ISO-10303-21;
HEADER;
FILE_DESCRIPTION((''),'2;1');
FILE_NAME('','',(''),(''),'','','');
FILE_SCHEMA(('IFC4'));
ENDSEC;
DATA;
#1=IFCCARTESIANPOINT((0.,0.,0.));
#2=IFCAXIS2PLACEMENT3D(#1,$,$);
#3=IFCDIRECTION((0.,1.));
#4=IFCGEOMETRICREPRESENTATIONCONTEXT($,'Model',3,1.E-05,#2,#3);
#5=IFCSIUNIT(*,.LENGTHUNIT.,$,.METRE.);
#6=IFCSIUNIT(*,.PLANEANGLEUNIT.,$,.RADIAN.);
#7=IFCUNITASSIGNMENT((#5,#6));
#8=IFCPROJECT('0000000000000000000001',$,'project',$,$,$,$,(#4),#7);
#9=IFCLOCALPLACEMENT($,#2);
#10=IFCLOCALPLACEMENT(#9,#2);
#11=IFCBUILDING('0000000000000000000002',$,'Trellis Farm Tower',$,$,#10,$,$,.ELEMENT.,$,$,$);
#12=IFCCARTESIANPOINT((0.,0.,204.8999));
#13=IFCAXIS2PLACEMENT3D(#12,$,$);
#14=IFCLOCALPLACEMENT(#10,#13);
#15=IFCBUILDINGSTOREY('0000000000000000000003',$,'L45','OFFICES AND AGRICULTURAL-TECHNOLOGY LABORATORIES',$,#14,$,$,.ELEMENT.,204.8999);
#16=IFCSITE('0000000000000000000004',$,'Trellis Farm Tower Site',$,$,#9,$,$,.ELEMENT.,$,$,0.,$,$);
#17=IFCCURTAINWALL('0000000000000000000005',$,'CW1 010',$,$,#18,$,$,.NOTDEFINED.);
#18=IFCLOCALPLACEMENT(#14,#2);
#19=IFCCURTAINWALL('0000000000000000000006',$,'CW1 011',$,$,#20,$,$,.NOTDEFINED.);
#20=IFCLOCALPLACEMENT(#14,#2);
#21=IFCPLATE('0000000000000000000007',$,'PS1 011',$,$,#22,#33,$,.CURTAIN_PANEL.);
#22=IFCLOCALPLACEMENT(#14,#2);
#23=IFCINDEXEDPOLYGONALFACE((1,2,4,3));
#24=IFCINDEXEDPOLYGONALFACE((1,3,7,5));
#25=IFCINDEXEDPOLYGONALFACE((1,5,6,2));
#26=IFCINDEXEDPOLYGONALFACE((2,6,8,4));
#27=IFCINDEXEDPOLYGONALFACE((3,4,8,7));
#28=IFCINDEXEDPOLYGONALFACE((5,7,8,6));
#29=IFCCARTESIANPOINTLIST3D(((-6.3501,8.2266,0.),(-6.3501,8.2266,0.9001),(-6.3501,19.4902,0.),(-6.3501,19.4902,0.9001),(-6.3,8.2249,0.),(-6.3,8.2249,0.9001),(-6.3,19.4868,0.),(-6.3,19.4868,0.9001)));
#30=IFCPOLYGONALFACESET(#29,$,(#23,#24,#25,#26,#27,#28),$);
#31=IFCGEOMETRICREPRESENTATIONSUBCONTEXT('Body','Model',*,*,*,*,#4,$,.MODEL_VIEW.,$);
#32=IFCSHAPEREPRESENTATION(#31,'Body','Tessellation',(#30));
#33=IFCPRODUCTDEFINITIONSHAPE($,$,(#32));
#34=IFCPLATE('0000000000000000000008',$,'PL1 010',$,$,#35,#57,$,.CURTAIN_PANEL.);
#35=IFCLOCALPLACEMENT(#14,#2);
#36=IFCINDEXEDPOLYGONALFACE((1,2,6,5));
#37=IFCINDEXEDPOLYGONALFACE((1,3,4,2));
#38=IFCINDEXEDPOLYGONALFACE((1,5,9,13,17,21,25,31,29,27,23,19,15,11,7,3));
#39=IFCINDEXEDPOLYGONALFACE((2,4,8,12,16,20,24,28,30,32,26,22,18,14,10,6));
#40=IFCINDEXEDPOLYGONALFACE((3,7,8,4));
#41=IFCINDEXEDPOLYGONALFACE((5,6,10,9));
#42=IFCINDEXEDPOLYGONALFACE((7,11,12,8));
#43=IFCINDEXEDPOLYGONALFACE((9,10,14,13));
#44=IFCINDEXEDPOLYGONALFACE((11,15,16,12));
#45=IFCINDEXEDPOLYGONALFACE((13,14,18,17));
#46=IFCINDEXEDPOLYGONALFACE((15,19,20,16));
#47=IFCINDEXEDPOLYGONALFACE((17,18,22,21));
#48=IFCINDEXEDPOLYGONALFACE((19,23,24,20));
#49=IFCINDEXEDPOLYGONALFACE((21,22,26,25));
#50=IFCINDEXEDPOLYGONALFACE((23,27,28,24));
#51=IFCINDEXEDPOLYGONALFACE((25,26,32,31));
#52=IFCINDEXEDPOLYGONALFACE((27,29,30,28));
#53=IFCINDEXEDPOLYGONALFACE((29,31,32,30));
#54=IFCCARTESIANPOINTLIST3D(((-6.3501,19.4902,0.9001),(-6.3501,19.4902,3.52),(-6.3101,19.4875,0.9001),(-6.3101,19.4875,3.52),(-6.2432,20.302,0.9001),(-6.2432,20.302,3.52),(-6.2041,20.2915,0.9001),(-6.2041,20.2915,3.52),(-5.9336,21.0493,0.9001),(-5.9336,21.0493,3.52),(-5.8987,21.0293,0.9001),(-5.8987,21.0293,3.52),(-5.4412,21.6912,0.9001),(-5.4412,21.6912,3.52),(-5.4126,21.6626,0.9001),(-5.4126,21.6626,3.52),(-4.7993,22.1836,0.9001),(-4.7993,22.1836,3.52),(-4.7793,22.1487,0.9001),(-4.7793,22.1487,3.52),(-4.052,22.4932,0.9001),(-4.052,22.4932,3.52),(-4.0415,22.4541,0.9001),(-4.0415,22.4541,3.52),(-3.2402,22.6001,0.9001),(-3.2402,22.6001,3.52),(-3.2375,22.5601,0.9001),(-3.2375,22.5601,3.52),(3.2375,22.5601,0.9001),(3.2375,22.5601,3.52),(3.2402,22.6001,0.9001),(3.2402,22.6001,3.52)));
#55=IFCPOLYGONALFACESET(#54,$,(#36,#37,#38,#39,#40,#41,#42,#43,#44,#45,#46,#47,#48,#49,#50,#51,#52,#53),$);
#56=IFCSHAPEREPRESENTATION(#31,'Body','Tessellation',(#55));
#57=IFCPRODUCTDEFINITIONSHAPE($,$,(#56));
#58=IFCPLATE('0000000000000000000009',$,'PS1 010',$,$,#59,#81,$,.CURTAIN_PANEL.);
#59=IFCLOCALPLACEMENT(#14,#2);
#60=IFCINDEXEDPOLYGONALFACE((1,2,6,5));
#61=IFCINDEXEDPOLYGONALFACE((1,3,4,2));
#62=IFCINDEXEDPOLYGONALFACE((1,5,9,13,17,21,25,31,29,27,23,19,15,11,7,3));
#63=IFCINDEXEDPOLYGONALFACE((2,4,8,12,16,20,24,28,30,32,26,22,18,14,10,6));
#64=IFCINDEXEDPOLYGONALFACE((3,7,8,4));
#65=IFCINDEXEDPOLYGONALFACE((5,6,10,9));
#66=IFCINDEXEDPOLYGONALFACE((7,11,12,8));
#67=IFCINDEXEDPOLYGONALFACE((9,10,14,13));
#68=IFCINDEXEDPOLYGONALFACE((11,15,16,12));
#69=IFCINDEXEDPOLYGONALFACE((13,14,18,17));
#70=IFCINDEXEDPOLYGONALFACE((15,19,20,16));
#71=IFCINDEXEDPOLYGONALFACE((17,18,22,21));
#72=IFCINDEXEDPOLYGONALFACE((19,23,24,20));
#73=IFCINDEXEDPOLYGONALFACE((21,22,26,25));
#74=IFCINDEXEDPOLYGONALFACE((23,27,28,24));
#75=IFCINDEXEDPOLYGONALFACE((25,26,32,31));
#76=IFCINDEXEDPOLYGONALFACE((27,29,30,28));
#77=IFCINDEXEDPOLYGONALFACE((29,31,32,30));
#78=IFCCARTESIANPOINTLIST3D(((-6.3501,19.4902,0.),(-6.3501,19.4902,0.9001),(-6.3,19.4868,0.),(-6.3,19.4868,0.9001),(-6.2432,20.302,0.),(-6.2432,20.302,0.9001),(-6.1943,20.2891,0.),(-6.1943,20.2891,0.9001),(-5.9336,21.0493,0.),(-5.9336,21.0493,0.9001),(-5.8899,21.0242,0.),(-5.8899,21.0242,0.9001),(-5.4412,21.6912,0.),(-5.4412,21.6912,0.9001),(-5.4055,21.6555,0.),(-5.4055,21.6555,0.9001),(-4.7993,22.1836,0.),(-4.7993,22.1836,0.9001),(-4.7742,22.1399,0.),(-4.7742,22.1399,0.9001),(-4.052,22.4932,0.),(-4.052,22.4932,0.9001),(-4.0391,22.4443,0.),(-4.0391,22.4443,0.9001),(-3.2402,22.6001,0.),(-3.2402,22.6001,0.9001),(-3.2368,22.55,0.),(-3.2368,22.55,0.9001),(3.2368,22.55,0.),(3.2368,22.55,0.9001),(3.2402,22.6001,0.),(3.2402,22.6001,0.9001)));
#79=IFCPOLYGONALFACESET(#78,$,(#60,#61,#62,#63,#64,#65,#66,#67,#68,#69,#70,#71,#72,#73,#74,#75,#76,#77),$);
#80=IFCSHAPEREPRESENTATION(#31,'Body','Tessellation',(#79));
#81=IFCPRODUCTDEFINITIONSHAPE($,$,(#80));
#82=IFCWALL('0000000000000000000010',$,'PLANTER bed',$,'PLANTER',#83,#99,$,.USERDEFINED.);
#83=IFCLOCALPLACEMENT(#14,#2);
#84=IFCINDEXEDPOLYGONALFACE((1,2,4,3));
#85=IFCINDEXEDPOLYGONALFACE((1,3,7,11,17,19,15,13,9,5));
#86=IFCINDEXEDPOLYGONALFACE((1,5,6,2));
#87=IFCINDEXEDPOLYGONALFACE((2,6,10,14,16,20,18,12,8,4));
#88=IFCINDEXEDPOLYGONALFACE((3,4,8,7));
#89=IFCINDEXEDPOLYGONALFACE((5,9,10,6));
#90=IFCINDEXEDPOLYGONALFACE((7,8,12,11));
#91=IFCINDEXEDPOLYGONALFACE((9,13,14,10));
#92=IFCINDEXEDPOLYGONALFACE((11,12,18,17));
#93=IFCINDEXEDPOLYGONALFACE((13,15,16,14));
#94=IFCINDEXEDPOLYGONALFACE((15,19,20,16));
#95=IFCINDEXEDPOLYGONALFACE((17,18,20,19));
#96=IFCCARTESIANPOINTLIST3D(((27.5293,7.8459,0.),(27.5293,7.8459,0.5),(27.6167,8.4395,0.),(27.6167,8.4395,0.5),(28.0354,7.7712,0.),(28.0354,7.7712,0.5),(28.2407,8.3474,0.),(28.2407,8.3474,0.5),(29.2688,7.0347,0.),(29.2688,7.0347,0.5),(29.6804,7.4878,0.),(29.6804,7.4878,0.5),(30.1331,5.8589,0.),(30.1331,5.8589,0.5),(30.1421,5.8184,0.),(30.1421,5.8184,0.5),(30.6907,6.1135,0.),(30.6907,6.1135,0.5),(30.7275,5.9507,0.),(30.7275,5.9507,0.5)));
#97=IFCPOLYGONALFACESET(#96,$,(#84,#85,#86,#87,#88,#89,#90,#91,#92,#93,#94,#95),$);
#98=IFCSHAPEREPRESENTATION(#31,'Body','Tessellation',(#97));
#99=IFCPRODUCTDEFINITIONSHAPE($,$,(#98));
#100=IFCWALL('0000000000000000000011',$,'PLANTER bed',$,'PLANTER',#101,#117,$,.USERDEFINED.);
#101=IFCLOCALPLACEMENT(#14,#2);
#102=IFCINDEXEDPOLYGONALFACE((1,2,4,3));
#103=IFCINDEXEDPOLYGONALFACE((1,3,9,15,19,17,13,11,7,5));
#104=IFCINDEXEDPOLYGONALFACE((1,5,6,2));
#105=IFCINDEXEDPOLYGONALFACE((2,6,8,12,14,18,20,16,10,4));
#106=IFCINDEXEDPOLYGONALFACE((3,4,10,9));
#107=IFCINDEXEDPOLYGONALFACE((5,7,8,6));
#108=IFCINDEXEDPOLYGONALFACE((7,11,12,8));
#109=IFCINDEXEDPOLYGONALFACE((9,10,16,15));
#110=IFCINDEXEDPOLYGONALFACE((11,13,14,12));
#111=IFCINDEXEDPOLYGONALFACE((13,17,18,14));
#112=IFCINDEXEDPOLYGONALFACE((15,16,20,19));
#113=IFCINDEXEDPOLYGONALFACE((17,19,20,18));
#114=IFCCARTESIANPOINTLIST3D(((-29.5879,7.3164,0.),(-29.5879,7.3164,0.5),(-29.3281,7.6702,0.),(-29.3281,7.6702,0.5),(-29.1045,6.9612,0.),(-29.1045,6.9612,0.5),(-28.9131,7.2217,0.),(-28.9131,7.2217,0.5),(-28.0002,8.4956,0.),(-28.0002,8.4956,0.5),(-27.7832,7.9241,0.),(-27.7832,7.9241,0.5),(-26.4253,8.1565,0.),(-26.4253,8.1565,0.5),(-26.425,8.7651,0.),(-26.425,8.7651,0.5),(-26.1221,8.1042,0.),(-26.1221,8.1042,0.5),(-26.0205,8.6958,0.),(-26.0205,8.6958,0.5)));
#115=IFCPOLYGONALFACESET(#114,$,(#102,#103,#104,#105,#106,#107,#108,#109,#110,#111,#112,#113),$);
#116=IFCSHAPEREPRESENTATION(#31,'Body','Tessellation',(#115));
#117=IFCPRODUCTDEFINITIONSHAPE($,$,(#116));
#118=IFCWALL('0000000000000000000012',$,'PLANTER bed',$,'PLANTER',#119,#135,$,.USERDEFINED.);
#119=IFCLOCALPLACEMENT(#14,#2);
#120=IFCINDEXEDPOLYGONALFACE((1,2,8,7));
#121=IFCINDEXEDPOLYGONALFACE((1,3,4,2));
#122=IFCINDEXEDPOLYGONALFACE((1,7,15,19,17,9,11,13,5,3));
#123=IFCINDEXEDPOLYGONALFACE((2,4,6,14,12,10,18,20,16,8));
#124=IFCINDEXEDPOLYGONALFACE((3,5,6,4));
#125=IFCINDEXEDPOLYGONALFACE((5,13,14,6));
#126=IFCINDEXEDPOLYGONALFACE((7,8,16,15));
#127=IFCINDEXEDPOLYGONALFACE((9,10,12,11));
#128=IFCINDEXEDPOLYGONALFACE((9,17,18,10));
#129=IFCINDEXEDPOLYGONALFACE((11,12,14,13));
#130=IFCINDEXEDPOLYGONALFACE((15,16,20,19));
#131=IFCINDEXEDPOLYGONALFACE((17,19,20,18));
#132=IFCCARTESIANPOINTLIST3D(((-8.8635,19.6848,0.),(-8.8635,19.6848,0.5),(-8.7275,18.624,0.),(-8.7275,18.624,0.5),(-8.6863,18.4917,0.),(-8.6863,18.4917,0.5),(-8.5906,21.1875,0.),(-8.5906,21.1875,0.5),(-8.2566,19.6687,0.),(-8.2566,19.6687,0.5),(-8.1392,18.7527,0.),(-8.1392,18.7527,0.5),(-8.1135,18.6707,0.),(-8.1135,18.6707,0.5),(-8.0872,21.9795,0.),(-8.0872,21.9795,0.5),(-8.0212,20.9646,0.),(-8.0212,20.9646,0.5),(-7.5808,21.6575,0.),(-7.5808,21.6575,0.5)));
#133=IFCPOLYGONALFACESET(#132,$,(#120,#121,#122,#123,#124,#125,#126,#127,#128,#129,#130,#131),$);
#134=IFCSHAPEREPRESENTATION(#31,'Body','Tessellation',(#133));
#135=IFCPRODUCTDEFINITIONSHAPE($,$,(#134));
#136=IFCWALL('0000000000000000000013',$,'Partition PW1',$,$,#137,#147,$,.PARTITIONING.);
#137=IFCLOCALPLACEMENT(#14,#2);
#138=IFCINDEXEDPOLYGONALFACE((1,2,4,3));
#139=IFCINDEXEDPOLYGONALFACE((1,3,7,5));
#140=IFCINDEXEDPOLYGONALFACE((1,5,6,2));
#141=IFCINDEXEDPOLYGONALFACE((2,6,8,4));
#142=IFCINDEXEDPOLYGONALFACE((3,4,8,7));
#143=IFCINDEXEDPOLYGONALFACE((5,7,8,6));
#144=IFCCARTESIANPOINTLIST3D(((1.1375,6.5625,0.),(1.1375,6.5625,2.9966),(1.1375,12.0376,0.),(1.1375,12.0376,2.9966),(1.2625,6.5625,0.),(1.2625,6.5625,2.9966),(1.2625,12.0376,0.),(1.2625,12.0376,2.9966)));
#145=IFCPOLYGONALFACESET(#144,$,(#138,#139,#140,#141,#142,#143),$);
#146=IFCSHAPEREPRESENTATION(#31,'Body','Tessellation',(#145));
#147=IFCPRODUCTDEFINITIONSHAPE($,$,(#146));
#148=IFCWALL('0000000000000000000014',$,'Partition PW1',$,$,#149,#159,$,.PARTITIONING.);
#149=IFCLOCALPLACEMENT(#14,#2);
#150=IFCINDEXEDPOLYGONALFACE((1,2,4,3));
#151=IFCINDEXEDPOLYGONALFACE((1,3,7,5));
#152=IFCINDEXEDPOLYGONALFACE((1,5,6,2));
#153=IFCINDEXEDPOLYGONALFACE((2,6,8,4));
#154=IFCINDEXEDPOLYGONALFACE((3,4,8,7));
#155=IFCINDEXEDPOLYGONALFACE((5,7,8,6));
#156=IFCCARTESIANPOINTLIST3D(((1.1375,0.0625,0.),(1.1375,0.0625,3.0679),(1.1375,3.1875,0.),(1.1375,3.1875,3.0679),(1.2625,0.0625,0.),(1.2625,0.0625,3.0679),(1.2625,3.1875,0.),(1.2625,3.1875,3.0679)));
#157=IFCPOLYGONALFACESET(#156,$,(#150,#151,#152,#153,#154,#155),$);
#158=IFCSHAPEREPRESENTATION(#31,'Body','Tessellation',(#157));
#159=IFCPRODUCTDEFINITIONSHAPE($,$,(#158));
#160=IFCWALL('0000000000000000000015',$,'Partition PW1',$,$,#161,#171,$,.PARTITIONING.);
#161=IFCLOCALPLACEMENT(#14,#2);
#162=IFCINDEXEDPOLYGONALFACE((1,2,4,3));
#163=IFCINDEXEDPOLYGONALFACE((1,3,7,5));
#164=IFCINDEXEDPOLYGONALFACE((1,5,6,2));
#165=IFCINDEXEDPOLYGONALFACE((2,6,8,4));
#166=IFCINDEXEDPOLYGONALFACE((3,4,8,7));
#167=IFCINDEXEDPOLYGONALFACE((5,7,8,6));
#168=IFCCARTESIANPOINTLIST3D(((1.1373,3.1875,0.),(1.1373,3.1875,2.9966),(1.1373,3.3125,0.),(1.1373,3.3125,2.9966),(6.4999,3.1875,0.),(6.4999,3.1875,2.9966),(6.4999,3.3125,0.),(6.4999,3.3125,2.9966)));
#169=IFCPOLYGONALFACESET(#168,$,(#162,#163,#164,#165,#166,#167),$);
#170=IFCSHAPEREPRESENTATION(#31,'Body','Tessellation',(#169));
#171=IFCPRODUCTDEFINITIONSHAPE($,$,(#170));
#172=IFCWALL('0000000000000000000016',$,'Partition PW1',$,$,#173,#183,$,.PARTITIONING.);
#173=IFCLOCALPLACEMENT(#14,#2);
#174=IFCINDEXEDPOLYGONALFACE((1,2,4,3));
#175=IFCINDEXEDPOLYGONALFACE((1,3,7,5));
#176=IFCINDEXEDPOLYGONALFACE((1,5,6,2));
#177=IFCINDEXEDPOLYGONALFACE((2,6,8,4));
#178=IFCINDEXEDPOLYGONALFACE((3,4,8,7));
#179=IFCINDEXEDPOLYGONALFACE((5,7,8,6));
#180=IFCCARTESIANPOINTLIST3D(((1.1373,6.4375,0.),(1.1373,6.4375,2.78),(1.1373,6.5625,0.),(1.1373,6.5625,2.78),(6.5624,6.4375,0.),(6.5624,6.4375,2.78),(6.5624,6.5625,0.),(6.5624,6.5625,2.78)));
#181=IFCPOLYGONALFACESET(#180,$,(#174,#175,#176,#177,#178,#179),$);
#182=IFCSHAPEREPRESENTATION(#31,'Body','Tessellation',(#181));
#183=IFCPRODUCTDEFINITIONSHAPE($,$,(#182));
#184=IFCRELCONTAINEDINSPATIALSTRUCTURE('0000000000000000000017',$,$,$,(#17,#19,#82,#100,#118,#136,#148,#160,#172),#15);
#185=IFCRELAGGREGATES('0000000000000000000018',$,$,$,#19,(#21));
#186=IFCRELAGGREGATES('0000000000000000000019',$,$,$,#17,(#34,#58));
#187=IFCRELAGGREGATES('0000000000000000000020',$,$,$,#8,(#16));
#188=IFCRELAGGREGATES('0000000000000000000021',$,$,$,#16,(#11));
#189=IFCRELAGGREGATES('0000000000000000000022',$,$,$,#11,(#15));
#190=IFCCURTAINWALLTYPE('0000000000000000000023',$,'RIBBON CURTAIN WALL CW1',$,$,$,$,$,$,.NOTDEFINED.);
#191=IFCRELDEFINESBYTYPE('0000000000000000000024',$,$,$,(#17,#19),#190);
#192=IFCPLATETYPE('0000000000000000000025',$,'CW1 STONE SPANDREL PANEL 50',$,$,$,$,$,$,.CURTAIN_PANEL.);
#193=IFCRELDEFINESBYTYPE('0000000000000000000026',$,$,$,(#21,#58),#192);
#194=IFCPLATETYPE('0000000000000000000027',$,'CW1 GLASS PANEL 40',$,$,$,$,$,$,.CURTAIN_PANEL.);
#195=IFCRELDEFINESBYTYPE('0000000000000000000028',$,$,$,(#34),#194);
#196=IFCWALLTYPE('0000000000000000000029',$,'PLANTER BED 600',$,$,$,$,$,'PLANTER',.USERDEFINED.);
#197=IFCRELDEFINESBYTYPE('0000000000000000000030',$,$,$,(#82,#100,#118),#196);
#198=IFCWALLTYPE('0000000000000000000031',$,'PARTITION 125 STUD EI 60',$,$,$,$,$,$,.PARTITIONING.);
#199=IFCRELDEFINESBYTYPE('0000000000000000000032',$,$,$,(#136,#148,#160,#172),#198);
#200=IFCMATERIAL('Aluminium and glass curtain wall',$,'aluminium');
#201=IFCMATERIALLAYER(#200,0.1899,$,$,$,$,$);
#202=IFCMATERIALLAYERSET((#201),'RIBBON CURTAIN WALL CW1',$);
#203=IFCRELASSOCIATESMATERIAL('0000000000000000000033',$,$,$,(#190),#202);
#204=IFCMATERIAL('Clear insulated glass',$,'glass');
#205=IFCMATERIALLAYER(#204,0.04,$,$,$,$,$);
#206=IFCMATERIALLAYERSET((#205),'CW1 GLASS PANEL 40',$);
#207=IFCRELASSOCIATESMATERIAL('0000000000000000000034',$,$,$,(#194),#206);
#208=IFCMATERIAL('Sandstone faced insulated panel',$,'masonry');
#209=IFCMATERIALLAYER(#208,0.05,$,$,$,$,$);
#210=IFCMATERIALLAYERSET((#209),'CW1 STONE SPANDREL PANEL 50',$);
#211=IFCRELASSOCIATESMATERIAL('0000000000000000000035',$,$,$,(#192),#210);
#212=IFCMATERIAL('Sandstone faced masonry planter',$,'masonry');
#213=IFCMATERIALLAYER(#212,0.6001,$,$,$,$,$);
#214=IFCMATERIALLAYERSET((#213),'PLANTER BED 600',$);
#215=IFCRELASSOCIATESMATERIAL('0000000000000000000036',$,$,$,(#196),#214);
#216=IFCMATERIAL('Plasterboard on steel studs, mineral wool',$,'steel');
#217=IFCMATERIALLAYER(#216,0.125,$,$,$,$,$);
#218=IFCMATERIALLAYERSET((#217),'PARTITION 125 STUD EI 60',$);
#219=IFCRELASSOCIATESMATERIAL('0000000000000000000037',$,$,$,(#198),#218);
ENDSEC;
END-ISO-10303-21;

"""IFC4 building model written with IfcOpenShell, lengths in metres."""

from ifc_helpers import new_model, si_unit, direction, frame, frame_2d, origin, place, context, subcontext, project, spatial, polyline, rectangle, outline, extrude, source, transform, mapped, material, layer, layer_set, type_object, element, aggregate, save


model = new_model("IFC4")

# Units and contexts
model_context = context("Model", 3, precision=1e-05, world=origin(), true_north=direction((0.0, 1.0)))
body_context = subcontext(model_context, "Body", "Model", "MODEL_VIEW")
ifc_project = project(units=[si_unit("LENGTHUNIT", "METRE"), si_unit("PLANEANGLEUNIT", "RADIAN")], contexts=[model_context])

# Site, building, storey
site_placement = place(None, origin())
site = spatial("IfcSite", under=ifc_project, at=site_placement, Name="Trellis Farm Tower Site", CompositionType="ELEMENT", RefElevation=0.0)
building_placement = place(site_placement, origin())
building = spatial("IfcBuilding", under=site, at=building_placement, Name="Trellis Farm Tower", CompositionType="ELEMENT")
storey_placement = place(building_placement, frame((0.0, 0.0, 204.8999)))
storey = spatial("IfcBuildingStorey", under=building, at=storey_placement, Name="L45", Description="OFFICES AND AGRICULTURAL-TECHNOLOGY LABORATORIES", CompositionType="ELEMENT", Elevation=204.8999)

# Curtain walls
ifc_material_1 = material(Name="Aluminium and glass curtain wall", Category="aluminium")
ifc_layer_1 = layer(ifc_material_1, 0.1899)
ifc_layer_set_1 = layer_set([ifc_layer_1], Name="RIBBON CURTAIN WALL CW1")
curtain_wall_type_1 = type_object("IfcCurtainWallType", Name="RIBBON CURTAIN WALL CW1", PredefinedType="NOTDEFINED", material=ifc_layer_set_1)
placement_1 = place(storey_placement, origin())
curtain_wall_1 = element("IfcCurtainWall", 1, at=placement_1, inside=storey, type_object=curtain_wall_type_1, Name="CW1 010", PredefinedType="NOTDEFINED")
curtain_wall_2 = element("IfcCurtainWall", 2, at=placement_1, inside=storey, type_object=curtain_wall_type_1, Name="CW1 011", PredefinedType="NOTDEFINED")

# Plates
ifc_material_2 = material(Name="Clear insulated glass", Category="glass")
ifc_layer_2 = layer(ifc_material_2, 0.04)
ifc_layer_set_2 = layer_set([ifc_layer_2], Name="CW1 GLASS PANEL 40")
plate_type_1 = type_object("IfcPlateType", Name="CW1 GLASS PANEL 40", PredefinedType="CURTAIN_PANEL", material=ifc_layer_set_2)
placement_2 = place(storey_placement, frame((0.0, 0.0, 0.9001)))
ifc_material_3 = material(Name="Sandstone faced insulated panel", Category="masonry")
ifc_layer_3 = layer(ifc_material_3, 0.05)
ifc_layer_set_3 = layer_set([ifc_layer_3], Name="CW1 STONE SPANDREL PANEL 50")
plate_type_2 = type_object("IfcPlateType", Name="CW1 STONE SPANDREL PANEL 50", PredefinedType="CURTAIN_PANEL", material=ifc_layer_set_3)
shared_shape_1 = source(origin(), body_context, "Body", "SweptSolid", [
    extrude(outline(polyline([(-6.3501, 19.4902), (-6.3501, 8.2266), (-6.3, 8.2249), (-6.3, 19.4868), (-6.3501, 19.4902)])), origin(), (0.0, 0.0, 1.0), 0.9001),
])
plate_1 = element("IfcPlate", 3, at=placement_1, type_object=plate_type_2, Name="PS1 011", PredefinedType="CURTAIN_PANEL", context=body_context, shape_type="MappedRepresentation", body=[
    mapped(shared_shape_1, transform((0.0, 0.0, 0.0))),
])
aggregate(curtain_wall_2, [plate_1])
shared_shape_2 = source(origin(), body_context, "Body", "SweptSolid", [
    extrude(outline(polyline([(3.2402, 22.6001), (-3.2402, 22.6001), (-4.052, 22.4932), (-4.7993, 22.1836), (-5.4412, 21.6912), (-5.9336, 21.0493), (-6.2432, 20.302), (-6.3501, 19.4902), (-6.3101, 19.4875), (-6.2041, 20.2915), (-5.8987, 21.0293), (-5.4126, 21.6626), (-4.7793, 22.1487), (-4.0415, 22.4541), (-3.2375, 22.5601), (3.2375, 22.5601), (3.2402, 22.6001)])), origin(), (0.0, 0.0, 1.0), 2.6199),
])
plate_2 = element("IfcPlate", 4, at=placement_2, type_object=plate_type_1, Name="PL1 010", PredefinedType="CURTAIN_PANEL", context=body_context, shape_type="MappedRepresentation", body=[
    mapped(shared_shape_2, transform((0.0, 0.0, 0.0))),
])
shared_shape_3 = source(origin(), body_context, "Body", "SweptSolid", [
    extrude(outline(polyline([(3.2402, 22.6001), (-3.2402, 22.6001), (-4.052, 22.4932), (-4.7993, 22.1836), (-5.4412, 21.6912), (-5.9336, 21.0493), (-6.2432, 20.302), (-6.3501, 19.4902), (-6.3, 19.4868), (-6.1943, 20.2891), (-5.8899, 21.0242), (-5.4055, 21.6555), (-4.7742, 22.1399), (-4.0391, 22.4443), (-3.2368, 22.55), (3.2368, 22.55), (3.2402, 22.6001)])), origin(), (0.0, 0.0, 1.0), 0.9001),
])
plate_3 = element("IfcPlate", 5, at=placement_1, type_object=plate_type_2, Name="PS1 010", PredefinedType="CURTAIN_PANEL", context=body_context, shape_type="MappedRepresentation", body=[
    mapped(shared_shape_3, transform((0.0, 0.0, 0.0))),
])
aggregate(curtain_wall_1, [plate_2, plate_3])

# Walls
ifc_material_4 = material(Name="Sandstone faced masonry planter", Category="masonry")
ifc_layer_4 = layer(ifc_material_4, 0.6001)
ifc_layer_set_4 = layer_set([ifc_layer_4], Name="PLANTER BED 600")
wall_type_1 = type_object("IfcWallType", Name="PLANTER BED 600", ElementType="PLANTER", PredefinedType="USERDEFINED", material=ifc_layer_set_4)
element("IfcWall", 6, at=placement_1, inside=storey, type_object=wall_type_1, Name="PLANTER bed", ObjectType="PLANTER", PredefinedType="USERDEFINED", context=body_context, shape_type="SweptSolid", body=[
    extrude(outline(polyline([(28.2407, 8.3474), (29.6804, 7.4878), (30.6907, 6.1135), (30.7275, 5.9507), (30.1421, 5.8184), (30.1331, 5.8589), (29.2688, 7.0347), (28.0354, 7.7712), (27.5293, 7.8459), (27.6167, 8.4395), (28.2407, 8.3474)])), origin(), (0.0, 0.0, 1.0), 0.5),
])
element("IfcWall", 7, at=placement_1, inside=storey, type_object=wall_type_1, Name="PLANTER bed", ObjectType="PLANTER", PredefinedType="USERDEFINED", context=body_context, shape_type="SweptSolid", body=[
    extrude(outline(polyline([(-28.0002, 8.4956), (-26.425, 8.7651), (-26.0205, 8.6958), (-26.1221, 8.1042), (-26.4253, 8.1565), (-27.7832, 7.9241), (-28.9131, 7.2217), (-29.1045, 6.9612), (-29.5879, 7.3164), (-29.3281, 7.6702), (-28.0002, 8.4956)])), origin(), (0.0, 0.0, 1.0), 0.5),
])
element("IfcWall", 8, at=placement_1, inside=storey, type_object=wall_type_1, Name="PLANTER bed", ObjectType="PLANTER", PredefinedType="USERDEFINED", context=body_context, shape_type="SweptSolid", body=[
    extrude(outline(polyline([(-8.8635, 19.6848), (-8.5906, 21.1875), (-8.0872, 21.9795), (-7.5808, 21.6575), (-8.0212, 20.9646), (-8.2566, 19.6687), (-8.1392, 18.7527), (-8.1135, 18.6707), (-8.6863, 18.4917), (-8.7275, 18.624), (-8.8635, 19.6848)])), origin(), (0.0, 0.0, 1.0), 0.5),
])
ifc_material_5 = material(Name="Plasterboard on steel studs, mineral wool", Category="steel")
ifc_layer_5 = layer(ifc_material_5, 0.125)
ifc_layer_set_5 = layer_set([ifc_layer_5], Name="PARTITION 125 STUD EI 60")
wall_type_2 = type_object("IfcWallType", Name="PARTITION 125 STUD EI 60", PredefinedType="PARTITIONING", material=ifc_layer_set_5)
shared_shape_4 = source(origin(), body_context, "Body", "SweptSolid", [
    extrude(rectangle(XDim=5.4751, YDim=0.125, at=frame_2d((2.7375, 0.0))), origin(), (0.0, 0.0, 1.0), 2.9966),
])
wall_1_placement = place(storey_placement, frame((1.2, 12.0376, 0.0), z_axis=(0.0, 0.0, 1.0), x_axis=(0.0, -1.0, 0.0)))
element("IfcWall", 9, at=wall_1_placement, inside=storey, type_object=wall_type_2, Name="Partition PW1", PredefinedType="PARTITIONING", context=body_context, shape_type="MappedRepresentation", body=[
    mapped(shared_shape_4, transform((0.0, 0.0, 0.0))),
])
shared_shape_5 = source(origin(), body_context, "Body", "SweptSolid", [
    extrude(rectangle(XDim=3.125, YDim=0.125, at=frame_2d((1.5625, 0.0))), origin(), (0.0, 0.0, 1.0), 3.0679),
])
wall_2_placement = place(storey_placement, frame((1.2, 3.1875, 0.0), z_axis=(0.0, 0.0, 1.0), x_axis=(0.0, -1.0, 0.0)))
element("IfcWall", 10, at=wall_2_placement, inside=storey, type_object=wall_type_2, Name="Partition PW1", PredefinedType="PARTITIONING", context=body_context, shape_type="MappedRepresentation", body=[
    mapped(shared_shape_5, transform((0.0, 0.0, 0.0))),
])
shared_shape_6 = source(origin(), body_context, "Body", "SweptSolid", [
    extrude(rectangle(XDim=5.3625, YDim=0.125, at=frame_2d((2.6812, 0.0))), origin(), (0.0, 0.0, 1.0), 2.9966),
])
wall_3_placement = place(storey_placement, frame((1.1375, 3.25, 0.0), z_axis=(0.0, 0.0, 1.0), x_axis=(1.0, 0.0, 0.0)))
element("IfcWall", 11, at=wall_3_placement, inside=storey, type_object=wall_type_2, Name="Partition PW1", PredefinedType="PARTITIONING", context=body_context, shape_type="MappedRepresentation", body=[
    mapped(shared_shape_6, transform((0.0, 0.0, 0.0))),
])
shared_shape_7 = source(origin(), body_context, "Body", "SweptSolid", [
    extrude(rectangle(XDim=5.425, YDim=0.125, at=frame_2d((2.7124, 0.0))), origin(), (0.0, 0.0, 1.0), 2.78),
])
wall_4_placement = place(storey_placement, frame((1.1375, 6.5, 0.0), z_axis=(0.0, 0.0, 1.0), x_axis=(1.0, 0.0, 0.0)))
element("IfcWall", 12, at=wall_4_placement, inside=storey, type_object=wall_type_2, Name="Partition PW1", PredefinedType="PARTITIONING", context=body_context, shape_type="MappedRepresentation", body=[
    mapped(shared_shape_7, transform((0.0, 0.0, 0.0))),
])

save(model, "model.ifc")
